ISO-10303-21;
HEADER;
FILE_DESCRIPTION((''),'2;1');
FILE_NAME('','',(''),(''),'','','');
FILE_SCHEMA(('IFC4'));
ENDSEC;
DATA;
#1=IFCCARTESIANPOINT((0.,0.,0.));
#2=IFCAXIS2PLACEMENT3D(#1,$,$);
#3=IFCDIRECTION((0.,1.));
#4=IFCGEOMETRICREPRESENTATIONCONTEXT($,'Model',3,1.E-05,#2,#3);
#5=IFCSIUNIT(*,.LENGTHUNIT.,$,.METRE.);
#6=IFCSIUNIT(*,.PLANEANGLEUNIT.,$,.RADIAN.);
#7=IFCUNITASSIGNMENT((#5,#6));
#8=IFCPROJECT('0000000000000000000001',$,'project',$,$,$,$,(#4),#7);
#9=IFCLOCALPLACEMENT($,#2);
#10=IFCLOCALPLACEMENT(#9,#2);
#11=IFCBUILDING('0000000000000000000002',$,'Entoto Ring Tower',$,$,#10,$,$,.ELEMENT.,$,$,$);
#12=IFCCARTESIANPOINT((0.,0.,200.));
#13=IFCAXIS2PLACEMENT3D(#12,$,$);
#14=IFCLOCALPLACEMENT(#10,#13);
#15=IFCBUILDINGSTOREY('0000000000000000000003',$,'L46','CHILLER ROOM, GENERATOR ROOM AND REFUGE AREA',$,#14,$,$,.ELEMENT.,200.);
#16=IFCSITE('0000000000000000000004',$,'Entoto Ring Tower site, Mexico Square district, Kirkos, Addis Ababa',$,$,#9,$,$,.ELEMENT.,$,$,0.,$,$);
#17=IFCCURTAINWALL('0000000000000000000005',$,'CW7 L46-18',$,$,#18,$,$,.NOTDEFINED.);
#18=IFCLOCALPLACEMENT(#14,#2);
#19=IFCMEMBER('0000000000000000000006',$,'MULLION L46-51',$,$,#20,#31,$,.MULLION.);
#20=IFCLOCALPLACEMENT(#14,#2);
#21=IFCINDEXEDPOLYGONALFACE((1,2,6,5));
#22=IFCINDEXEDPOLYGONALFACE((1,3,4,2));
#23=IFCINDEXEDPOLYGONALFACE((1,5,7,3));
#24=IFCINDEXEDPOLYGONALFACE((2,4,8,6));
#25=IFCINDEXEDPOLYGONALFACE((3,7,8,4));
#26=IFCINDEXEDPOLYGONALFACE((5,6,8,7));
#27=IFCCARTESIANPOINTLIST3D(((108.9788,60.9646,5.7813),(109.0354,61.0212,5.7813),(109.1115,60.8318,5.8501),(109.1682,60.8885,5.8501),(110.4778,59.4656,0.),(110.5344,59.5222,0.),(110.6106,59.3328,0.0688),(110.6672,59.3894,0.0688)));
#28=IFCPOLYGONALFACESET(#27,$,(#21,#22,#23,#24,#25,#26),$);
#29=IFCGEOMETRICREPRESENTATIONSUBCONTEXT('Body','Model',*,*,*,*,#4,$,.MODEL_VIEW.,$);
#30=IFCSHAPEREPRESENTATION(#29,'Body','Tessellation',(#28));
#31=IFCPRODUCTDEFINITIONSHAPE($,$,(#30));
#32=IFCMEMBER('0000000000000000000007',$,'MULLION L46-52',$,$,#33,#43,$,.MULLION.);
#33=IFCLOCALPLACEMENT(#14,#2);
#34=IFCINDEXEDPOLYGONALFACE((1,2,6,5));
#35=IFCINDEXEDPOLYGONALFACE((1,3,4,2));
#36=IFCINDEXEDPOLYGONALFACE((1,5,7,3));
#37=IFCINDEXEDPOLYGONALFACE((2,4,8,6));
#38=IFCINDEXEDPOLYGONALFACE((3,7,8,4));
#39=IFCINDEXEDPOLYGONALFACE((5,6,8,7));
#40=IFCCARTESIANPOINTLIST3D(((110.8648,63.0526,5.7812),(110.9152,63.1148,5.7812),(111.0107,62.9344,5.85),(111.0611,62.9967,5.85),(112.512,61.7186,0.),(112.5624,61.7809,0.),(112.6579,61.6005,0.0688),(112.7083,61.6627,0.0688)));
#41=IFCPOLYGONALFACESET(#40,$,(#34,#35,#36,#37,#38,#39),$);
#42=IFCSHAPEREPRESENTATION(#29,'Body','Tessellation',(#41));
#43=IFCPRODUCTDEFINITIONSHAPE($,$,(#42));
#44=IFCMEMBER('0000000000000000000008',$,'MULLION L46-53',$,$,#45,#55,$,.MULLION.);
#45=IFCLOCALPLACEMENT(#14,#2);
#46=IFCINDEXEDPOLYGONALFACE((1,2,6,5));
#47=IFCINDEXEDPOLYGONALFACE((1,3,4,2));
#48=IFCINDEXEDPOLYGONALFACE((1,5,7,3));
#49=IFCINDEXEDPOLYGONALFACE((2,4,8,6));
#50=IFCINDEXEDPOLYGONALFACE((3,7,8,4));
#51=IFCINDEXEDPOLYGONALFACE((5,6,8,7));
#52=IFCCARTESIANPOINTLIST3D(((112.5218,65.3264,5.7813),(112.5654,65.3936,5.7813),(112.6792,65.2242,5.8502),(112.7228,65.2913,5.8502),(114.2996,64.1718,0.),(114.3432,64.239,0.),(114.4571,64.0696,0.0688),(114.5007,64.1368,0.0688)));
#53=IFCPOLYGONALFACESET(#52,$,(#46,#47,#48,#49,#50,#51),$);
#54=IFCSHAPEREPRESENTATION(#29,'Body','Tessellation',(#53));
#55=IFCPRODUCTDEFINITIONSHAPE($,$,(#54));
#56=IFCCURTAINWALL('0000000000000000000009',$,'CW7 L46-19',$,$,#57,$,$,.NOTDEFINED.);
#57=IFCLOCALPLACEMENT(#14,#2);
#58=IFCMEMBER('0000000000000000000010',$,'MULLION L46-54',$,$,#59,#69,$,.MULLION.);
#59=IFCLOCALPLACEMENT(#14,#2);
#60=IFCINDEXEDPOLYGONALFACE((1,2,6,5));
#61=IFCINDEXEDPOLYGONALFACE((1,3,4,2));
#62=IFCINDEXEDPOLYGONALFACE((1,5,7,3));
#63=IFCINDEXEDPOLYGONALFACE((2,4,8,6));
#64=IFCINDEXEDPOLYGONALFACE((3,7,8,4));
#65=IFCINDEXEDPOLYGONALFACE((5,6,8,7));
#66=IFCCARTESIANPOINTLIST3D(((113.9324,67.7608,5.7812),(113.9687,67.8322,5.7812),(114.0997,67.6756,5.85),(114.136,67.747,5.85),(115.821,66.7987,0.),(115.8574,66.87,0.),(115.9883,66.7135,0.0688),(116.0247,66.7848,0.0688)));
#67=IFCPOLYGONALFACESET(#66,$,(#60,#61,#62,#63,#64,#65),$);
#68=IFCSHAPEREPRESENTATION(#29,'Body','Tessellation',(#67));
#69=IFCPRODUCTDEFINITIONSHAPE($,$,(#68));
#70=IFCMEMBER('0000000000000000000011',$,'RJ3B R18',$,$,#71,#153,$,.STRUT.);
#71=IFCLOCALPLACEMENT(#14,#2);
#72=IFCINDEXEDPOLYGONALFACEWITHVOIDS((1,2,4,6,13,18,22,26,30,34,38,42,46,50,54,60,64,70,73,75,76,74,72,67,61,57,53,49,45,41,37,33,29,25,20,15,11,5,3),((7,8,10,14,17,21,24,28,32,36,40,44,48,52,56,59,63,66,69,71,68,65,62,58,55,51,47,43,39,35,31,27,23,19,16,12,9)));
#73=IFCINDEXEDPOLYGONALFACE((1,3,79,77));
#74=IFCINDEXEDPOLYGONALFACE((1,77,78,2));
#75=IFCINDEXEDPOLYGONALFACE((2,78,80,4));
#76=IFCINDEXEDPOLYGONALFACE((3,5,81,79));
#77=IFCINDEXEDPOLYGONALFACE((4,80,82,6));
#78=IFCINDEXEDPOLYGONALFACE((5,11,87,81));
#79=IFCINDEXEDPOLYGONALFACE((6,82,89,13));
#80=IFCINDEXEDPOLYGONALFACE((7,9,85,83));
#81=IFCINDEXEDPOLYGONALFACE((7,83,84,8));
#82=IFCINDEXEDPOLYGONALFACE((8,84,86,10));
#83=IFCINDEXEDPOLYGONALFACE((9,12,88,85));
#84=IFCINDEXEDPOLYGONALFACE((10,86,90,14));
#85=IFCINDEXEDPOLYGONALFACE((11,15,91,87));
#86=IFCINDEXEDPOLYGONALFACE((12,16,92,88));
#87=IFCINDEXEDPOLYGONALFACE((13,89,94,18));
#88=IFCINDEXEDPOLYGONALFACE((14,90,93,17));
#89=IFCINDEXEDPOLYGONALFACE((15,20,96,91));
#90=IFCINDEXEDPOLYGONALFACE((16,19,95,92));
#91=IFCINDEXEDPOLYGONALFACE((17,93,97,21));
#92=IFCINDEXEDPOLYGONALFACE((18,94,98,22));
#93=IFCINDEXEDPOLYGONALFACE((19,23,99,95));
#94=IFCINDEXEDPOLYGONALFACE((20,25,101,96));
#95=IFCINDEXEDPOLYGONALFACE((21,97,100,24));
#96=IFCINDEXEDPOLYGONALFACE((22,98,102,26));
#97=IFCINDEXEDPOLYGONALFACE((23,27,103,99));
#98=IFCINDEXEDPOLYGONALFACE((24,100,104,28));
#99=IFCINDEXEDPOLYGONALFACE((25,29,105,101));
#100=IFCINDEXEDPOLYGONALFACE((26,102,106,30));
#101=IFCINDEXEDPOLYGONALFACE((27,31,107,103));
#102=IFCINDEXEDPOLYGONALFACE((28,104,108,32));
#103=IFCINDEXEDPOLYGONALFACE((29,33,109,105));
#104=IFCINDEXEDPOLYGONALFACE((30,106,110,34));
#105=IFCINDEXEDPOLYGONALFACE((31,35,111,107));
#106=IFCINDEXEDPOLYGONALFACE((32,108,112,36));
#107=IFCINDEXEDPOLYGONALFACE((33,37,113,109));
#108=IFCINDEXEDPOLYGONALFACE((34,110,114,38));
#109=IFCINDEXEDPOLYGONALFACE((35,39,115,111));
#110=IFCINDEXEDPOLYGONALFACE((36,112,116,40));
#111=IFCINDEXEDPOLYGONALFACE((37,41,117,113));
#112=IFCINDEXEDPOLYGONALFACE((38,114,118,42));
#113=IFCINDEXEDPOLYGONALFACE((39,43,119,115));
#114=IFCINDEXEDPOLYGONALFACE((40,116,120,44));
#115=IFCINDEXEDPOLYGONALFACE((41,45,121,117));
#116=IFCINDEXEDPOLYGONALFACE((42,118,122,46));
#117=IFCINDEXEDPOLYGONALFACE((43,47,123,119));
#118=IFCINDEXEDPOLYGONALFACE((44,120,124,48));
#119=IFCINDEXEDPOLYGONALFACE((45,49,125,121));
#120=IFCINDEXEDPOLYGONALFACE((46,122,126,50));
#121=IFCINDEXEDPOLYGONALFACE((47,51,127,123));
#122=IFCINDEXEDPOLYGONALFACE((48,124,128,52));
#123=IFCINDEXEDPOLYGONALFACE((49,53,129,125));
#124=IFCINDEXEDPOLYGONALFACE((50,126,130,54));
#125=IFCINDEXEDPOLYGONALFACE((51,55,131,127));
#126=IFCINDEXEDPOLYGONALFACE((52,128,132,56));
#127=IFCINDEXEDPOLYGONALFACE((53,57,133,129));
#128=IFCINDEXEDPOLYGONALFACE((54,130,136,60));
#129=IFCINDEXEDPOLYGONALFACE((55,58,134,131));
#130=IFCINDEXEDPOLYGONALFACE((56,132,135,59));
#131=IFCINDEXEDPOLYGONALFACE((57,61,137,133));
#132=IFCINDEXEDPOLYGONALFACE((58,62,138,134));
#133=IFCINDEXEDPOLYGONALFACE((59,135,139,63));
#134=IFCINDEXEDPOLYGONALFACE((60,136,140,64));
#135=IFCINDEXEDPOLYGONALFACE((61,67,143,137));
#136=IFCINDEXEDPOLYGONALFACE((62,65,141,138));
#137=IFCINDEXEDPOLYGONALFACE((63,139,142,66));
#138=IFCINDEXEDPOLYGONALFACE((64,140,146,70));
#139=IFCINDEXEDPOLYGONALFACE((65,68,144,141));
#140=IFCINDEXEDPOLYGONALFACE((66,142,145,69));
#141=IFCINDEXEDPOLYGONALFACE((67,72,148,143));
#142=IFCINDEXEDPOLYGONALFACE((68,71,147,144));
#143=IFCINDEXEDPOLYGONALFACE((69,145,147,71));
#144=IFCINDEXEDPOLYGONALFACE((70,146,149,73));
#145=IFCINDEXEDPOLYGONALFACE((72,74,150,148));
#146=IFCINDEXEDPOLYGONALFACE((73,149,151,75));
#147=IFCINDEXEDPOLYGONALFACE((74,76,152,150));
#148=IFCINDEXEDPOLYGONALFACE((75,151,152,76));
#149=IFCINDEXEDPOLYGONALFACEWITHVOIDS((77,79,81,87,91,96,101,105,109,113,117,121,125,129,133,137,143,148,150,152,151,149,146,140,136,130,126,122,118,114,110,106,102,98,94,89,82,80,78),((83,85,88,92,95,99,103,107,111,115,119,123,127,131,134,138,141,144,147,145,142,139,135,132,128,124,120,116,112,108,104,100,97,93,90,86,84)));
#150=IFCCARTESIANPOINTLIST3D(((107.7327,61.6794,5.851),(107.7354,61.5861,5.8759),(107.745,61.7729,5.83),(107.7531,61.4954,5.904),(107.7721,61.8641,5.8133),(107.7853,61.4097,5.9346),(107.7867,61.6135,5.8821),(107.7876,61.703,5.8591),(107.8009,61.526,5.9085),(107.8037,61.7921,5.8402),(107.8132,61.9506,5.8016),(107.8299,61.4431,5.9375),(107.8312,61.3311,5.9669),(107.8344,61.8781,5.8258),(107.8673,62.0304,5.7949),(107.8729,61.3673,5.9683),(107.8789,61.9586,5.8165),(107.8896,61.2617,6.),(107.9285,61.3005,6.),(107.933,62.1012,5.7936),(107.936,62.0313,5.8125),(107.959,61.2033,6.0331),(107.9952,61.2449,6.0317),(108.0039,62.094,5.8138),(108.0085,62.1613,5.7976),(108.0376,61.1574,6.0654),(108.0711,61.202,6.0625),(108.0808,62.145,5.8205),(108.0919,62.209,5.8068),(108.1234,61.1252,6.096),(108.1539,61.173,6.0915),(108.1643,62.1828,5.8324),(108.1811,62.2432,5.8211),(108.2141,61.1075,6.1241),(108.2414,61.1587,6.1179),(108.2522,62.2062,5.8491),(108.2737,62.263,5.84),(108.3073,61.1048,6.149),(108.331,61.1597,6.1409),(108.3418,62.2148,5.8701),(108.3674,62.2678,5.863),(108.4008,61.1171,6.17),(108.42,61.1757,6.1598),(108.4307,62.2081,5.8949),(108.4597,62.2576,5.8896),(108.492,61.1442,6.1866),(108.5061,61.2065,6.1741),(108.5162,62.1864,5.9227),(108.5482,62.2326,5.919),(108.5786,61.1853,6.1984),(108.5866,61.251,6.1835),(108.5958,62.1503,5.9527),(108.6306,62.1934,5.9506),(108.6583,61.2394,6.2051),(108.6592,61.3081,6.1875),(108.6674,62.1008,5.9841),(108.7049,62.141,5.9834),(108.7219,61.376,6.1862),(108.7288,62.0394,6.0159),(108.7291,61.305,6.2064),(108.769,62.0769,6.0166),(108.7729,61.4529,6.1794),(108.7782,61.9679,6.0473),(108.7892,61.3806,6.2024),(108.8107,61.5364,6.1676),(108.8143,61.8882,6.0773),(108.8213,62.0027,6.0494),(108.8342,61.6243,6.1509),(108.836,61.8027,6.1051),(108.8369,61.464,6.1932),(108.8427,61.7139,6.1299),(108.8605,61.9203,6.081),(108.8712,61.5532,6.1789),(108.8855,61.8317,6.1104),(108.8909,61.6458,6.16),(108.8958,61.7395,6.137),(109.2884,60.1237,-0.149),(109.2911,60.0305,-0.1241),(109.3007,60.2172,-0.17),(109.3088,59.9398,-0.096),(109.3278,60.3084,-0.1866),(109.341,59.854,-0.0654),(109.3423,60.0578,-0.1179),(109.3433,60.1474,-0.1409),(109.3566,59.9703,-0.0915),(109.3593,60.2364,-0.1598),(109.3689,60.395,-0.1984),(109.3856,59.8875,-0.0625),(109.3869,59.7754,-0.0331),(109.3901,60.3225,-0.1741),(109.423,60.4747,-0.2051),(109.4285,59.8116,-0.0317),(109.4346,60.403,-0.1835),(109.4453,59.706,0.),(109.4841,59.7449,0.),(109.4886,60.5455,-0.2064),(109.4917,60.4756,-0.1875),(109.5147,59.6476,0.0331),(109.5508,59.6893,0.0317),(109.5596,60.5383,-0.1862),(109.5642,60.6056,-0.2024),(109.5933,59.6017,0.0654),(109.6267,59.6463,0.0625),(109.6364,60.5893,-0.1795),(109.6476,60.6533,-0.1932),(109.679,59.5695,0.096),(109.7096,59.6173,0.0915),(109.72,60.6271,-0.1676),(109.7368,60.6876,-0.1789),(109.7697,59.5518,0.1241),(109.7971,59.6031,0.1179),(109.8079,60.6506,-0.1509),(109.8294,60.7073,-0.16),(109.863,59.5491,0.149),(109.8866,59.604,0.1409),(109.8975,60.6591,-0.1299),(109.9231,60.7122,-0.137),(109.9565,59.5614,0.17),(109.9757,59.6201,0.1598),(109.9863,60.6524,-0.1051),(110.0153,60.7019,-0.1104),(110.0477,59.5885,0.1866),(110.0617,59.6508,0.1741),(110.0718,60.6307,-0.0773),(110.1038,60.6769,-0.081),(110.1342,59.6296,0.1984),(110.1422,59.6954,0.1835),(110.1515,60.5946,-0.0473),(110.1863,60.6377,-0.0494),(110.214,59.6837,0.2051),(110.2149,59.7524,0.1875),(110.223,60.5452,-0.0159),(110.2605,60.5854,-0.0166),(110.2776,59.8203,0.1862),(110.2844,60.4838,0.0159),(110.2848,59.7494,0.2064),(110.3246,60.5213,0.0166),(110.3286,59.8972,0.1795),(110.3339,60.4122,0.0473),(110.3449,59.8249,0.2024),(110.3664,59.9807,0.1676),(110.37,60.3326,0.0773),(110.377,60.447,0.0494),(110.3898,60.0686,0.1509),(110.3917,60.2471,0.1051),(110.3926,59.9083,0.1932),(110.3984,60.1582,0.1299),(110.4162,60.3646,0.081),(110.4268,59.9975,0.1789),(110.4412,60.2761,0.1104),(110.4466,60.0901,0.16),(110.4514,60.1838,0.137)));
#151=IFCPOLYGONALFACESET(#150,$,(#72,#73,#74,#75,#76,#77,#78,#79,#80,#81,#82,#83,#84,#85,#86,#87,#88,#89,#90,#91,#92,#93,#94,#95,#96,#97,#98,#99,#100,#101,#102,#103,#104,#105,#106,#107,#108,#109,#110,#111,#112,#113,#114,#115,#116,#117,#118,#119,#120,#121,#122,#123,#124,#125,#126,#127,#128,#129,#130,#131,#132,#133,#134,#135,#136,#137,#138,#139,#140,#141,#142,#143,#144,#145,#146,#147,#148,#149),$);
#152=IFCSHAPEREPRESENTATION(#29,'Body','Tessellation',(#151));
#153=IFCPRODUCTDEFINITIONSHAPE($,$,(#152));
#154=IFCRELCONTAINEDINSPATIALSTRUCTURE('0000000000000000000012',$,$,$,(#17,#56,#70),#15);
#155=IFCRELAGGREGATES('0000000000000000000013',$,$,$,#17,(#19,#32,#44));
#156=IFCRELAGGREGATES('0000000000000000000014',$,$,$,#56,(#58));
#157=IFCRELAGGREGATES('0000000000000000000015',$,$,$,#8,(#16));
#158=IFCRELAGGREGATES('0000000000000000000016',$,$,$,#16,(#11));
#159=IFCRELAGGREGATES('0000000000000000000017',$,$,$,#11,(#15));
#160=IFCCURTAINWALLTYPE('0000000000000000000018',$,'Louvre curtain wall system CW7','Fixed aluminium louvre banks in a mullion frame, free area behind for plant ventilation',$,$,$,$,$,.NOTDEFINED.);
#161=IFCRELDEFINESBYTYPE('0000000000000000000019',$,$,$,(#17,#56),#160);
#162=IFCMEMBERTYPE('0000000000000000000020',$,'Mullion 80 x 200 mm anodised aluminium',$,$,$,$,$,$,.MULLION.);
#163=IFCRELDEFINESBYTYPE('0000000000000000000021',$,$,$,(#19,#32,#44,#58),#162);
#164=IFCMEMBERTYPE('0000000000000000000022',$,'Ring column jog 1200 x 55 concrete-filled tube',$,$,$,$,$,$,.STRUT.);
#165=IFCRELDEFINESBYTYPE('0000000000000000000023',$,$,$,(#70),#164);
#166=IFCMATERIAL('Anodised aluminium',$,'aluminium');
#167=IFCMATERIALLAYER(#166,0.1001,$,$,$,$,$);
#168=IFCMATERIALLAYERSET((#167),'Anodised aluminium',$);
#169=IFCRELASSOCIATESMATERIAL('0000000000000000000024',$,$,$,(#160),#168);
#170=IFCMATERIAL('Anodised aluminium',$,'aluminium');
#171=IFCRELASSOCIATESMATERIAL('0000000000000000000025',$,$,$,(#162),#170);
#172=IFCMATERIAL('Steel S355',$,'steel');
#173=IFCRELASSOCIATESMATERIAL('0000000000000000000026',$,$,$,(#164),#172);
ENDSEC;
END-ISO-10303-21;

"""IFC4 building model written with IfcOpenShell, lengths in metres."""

from ifc_helpers import new_model, si_unit, direction, frame, origin, origin_2d, place, context, subcontext, project, spatial, rectangle, circle, hollow_circle, extrude, material, layer, layer_set, material_profile, profile_set, type_object, element, aggregate, save


model = new_model("IFC4")

# Units and contexts
model_context = context("Model", 3, precision=1e-05, world=origin(), true_north=direction((0.0, 1.0)))
body_context = subcontext(model_context, "Body", "Model", "MODEL_VIEW")
ifc_project = project(units=[si_unit("LENGTHUNIT", "METRE"), si_unit("PLANEANGLEUNIT", "RADIAN")], contexts=[model_context])

# Site, building, storey
site_placement = place(None, origin())
site = spatial("IfcSite", under=ifc_project, at=site_placement, Name="Entoto Ring Tower site, Mexico Square district, Kirkos, Addis Ababa", CompositionType="ELEMENT", RefElevation=0.0)
building_placement = place(site_placement, origin())
building = spatial("IfcBuilding", under=site, at=building_placement, Name="Entoto Ring Tower", CompositionType="ELEMENT")
storey_placement = place(building_placement, frame((0.0, 0.0, 200.0)))
storey = spatial("IfcBuildingStorey", under=building, at=storey_placement, Name="L46", Description="CHILLER ROOM, GENERATOR ROOM AND REFUGE AREA", CompositionType="ELEMENT", Elevation=200.0)

# Curtain wall, members
ifc_material_1 = material(Name="Anodised aluminium", Category="aluminium")
ifc_layer_1 = layer(ifc_material_1, 0.1001)
ifc_layer_set_1 = layer_set([ifc_layer_1], Name="Anodised aluminium")
curtain_wall_type = type_object("IfcCurtainWallType", Name="Louvre curtain wall system CW7", Description="Fixed aluminium louvre banks in a mullion frame, free area behind for plant ventilation", PredefinedType="NOTDEFINED", material=ifc_layer_set_1)
ifc_material_2 = material(Name="Anodised aluminium", Category="aluminium")
ifc_material_profile_1 = material_profile(ifc_material_2, rectangle(XDim=0.0801, YDim=0.2, at=origin_2d()), Name="Mullion 80 x 200 mm anodised aluminium")
ifc_profile_set_1 = profile_set([ifc_material_profile_1], Name="Anodised aluminium")
member_type_1 = type_object("IfcMemberType", Name="Mullion 80 x 200 mm anodised aluminium", PredefinedType="MULLION", material=ifc_profile_set_1)
curtain_wall_1_placement = place(storey_placement, origin())
curtain_wall_1 = element("IfcCurtainWall", 1, at=curtain_wall_1_placement, inside=storey, type_object=curtain_wall_type, Name="CW7 L46-18", PredefinedType="NOTDEFINED")
member_1_placement = place(storey_placement, frame((110.5725, 59.4275, 0.0344), z_axis=(-0.24344, 0.24344, 0.938869), x_axis=(-0.707107, -0.707107, 0.0)))
member_1 = element("IfcMember", 2, at=member_1_placement, type_object=member_type_1, Name="MULLION L46-51", PredefinedType="MULLION", context=body_context, shape_type="SweptSolid", body=[
    extrude(rectangle(XDim=0.0801, YDim=0.2, at=origin_2d()), origin(), (0.0, 0.0, 1.0), 6.1577),
])
member_2_placement = place(storey_placement, frame((112.6101, 61.6907, 0.0344), z_axis=(-0.267511, 0.216641, 0.938885), x_axis=(-0.629347, -0.777124, 0.0)))
member_2 = element("IfcMember", 3, at=member_2_placement, type_object=member_type_1, Name="MULLION L46-52", PredefinedType="MULLION", context=body_context, shape_type="SweptSolid", body=[
    extrude(rectangle(XDim=0.0801, YDim=0.2, at=origin_2d()), origin(), (0.0, 0.0, 1.0), 6.1575),
])
member_3_placement = place(storey_placement, frame((114.4001, 64.1543, 0.0344), z_axis=(-0.28872, 0.187497, 0.938875), x_axis=(-0.54464, -0.83867, 0.0)))
member_3 = element("IfcMember", 4, at=member_3_placement, type_object=member_type_1, Name="MULLION L46-53", PredefinedType="MULLION", context=body_context, shape_type="SweptSolid", body=[
    extrude(rectangle(XDim=0.0801, YDim=0.2, at=origin_2d()), origin(), (0.0, 0.0, 1.0), 6.1577),
])
aggregate(curtain_wall_1, [member_1, member_2, member_3])

# Curtain wall, member
curtain_wall_2_placement = place(storey_placement, origin())
curtain_wall_2 = element("IfcCurtainWall", 5, at=curtain_wall_2_placement, inside=storey, type_object=curtain_wall_type, Name="CW7 L46-19", PredefinedType="NOTDEFINED")
member_4_placement = place(storey_placement, frame((115.9229, 66.7917, 0.0344), z_axis=(-0.306724, 0.156256, 0.938885), x_axis=(-0.453928, -0.891039, 0.0)))
member_4 = element("IfcMember", 6, at=member_4_placement, type_object=member_type_1, Name="MULLION L46-54", PredefinedType="MULLION", context=body_context, shape_type="SweptSolid", body=[
    extrude(rectangle(XDim=0.0801, YDim=0.2, at=origin_2d()), origin(), (0.0, 0.0, 1.0), 6.1575),
])
aggregate(curtain_wall_2, [member_4])

# Member
ifc_material_3 = material(Name="Steel S355", Category="steel")
ifc_material_profile_2 = material_profile(ifc_material_3, hollow_circle(Radius=0.6001, WallThickness=0.0549, at=origin_2d()), Name="CHS 1200 x 55")
ifc_material_4 = material(Name="Concrete C60/75", Category="concrete")
ifc_material_profile_3 = material_profile(ifc_material_4, circle(Radius=0.5449, at=origin_2d()), Name="Concrete C60/75 infill")
ifc_profile_set_2 = profile_set([ifc_material_profile_2, ifc_material_profile_3], Name="Steel S355")
member_type_2 = type_object("IfcMemberType", Name="Ring column jog 1200 x 55 concrete-filled tube", PredefinedType="STRUT", material=ifc_profile_set_2)
for number, where, z_axis, x_axis, name in (
    (7, (109.8696, 60.1304, 0.0), (-0.243429, 0.243429, 0.938874), (-0.707107, -0.707107, 0.0), "RJ3B R18"),
):
    element("IfcMember", number, at=place(storey_placement, frame(where, z_axis=z_axis, x_axis=x_axis)), inside=storey, type_object=member_type_2, Name=name, PredefinedType="STRUT", context=body_context, shape_type="SweptSolid", body=[
        extrude(hollow_circle(Radius=0.6001, WallThickness=0.0549, at=origin_2d()), origin(), (0.0, 0.0, 1.0), 6.3906),
    ])

save(model, "model.ifc")
